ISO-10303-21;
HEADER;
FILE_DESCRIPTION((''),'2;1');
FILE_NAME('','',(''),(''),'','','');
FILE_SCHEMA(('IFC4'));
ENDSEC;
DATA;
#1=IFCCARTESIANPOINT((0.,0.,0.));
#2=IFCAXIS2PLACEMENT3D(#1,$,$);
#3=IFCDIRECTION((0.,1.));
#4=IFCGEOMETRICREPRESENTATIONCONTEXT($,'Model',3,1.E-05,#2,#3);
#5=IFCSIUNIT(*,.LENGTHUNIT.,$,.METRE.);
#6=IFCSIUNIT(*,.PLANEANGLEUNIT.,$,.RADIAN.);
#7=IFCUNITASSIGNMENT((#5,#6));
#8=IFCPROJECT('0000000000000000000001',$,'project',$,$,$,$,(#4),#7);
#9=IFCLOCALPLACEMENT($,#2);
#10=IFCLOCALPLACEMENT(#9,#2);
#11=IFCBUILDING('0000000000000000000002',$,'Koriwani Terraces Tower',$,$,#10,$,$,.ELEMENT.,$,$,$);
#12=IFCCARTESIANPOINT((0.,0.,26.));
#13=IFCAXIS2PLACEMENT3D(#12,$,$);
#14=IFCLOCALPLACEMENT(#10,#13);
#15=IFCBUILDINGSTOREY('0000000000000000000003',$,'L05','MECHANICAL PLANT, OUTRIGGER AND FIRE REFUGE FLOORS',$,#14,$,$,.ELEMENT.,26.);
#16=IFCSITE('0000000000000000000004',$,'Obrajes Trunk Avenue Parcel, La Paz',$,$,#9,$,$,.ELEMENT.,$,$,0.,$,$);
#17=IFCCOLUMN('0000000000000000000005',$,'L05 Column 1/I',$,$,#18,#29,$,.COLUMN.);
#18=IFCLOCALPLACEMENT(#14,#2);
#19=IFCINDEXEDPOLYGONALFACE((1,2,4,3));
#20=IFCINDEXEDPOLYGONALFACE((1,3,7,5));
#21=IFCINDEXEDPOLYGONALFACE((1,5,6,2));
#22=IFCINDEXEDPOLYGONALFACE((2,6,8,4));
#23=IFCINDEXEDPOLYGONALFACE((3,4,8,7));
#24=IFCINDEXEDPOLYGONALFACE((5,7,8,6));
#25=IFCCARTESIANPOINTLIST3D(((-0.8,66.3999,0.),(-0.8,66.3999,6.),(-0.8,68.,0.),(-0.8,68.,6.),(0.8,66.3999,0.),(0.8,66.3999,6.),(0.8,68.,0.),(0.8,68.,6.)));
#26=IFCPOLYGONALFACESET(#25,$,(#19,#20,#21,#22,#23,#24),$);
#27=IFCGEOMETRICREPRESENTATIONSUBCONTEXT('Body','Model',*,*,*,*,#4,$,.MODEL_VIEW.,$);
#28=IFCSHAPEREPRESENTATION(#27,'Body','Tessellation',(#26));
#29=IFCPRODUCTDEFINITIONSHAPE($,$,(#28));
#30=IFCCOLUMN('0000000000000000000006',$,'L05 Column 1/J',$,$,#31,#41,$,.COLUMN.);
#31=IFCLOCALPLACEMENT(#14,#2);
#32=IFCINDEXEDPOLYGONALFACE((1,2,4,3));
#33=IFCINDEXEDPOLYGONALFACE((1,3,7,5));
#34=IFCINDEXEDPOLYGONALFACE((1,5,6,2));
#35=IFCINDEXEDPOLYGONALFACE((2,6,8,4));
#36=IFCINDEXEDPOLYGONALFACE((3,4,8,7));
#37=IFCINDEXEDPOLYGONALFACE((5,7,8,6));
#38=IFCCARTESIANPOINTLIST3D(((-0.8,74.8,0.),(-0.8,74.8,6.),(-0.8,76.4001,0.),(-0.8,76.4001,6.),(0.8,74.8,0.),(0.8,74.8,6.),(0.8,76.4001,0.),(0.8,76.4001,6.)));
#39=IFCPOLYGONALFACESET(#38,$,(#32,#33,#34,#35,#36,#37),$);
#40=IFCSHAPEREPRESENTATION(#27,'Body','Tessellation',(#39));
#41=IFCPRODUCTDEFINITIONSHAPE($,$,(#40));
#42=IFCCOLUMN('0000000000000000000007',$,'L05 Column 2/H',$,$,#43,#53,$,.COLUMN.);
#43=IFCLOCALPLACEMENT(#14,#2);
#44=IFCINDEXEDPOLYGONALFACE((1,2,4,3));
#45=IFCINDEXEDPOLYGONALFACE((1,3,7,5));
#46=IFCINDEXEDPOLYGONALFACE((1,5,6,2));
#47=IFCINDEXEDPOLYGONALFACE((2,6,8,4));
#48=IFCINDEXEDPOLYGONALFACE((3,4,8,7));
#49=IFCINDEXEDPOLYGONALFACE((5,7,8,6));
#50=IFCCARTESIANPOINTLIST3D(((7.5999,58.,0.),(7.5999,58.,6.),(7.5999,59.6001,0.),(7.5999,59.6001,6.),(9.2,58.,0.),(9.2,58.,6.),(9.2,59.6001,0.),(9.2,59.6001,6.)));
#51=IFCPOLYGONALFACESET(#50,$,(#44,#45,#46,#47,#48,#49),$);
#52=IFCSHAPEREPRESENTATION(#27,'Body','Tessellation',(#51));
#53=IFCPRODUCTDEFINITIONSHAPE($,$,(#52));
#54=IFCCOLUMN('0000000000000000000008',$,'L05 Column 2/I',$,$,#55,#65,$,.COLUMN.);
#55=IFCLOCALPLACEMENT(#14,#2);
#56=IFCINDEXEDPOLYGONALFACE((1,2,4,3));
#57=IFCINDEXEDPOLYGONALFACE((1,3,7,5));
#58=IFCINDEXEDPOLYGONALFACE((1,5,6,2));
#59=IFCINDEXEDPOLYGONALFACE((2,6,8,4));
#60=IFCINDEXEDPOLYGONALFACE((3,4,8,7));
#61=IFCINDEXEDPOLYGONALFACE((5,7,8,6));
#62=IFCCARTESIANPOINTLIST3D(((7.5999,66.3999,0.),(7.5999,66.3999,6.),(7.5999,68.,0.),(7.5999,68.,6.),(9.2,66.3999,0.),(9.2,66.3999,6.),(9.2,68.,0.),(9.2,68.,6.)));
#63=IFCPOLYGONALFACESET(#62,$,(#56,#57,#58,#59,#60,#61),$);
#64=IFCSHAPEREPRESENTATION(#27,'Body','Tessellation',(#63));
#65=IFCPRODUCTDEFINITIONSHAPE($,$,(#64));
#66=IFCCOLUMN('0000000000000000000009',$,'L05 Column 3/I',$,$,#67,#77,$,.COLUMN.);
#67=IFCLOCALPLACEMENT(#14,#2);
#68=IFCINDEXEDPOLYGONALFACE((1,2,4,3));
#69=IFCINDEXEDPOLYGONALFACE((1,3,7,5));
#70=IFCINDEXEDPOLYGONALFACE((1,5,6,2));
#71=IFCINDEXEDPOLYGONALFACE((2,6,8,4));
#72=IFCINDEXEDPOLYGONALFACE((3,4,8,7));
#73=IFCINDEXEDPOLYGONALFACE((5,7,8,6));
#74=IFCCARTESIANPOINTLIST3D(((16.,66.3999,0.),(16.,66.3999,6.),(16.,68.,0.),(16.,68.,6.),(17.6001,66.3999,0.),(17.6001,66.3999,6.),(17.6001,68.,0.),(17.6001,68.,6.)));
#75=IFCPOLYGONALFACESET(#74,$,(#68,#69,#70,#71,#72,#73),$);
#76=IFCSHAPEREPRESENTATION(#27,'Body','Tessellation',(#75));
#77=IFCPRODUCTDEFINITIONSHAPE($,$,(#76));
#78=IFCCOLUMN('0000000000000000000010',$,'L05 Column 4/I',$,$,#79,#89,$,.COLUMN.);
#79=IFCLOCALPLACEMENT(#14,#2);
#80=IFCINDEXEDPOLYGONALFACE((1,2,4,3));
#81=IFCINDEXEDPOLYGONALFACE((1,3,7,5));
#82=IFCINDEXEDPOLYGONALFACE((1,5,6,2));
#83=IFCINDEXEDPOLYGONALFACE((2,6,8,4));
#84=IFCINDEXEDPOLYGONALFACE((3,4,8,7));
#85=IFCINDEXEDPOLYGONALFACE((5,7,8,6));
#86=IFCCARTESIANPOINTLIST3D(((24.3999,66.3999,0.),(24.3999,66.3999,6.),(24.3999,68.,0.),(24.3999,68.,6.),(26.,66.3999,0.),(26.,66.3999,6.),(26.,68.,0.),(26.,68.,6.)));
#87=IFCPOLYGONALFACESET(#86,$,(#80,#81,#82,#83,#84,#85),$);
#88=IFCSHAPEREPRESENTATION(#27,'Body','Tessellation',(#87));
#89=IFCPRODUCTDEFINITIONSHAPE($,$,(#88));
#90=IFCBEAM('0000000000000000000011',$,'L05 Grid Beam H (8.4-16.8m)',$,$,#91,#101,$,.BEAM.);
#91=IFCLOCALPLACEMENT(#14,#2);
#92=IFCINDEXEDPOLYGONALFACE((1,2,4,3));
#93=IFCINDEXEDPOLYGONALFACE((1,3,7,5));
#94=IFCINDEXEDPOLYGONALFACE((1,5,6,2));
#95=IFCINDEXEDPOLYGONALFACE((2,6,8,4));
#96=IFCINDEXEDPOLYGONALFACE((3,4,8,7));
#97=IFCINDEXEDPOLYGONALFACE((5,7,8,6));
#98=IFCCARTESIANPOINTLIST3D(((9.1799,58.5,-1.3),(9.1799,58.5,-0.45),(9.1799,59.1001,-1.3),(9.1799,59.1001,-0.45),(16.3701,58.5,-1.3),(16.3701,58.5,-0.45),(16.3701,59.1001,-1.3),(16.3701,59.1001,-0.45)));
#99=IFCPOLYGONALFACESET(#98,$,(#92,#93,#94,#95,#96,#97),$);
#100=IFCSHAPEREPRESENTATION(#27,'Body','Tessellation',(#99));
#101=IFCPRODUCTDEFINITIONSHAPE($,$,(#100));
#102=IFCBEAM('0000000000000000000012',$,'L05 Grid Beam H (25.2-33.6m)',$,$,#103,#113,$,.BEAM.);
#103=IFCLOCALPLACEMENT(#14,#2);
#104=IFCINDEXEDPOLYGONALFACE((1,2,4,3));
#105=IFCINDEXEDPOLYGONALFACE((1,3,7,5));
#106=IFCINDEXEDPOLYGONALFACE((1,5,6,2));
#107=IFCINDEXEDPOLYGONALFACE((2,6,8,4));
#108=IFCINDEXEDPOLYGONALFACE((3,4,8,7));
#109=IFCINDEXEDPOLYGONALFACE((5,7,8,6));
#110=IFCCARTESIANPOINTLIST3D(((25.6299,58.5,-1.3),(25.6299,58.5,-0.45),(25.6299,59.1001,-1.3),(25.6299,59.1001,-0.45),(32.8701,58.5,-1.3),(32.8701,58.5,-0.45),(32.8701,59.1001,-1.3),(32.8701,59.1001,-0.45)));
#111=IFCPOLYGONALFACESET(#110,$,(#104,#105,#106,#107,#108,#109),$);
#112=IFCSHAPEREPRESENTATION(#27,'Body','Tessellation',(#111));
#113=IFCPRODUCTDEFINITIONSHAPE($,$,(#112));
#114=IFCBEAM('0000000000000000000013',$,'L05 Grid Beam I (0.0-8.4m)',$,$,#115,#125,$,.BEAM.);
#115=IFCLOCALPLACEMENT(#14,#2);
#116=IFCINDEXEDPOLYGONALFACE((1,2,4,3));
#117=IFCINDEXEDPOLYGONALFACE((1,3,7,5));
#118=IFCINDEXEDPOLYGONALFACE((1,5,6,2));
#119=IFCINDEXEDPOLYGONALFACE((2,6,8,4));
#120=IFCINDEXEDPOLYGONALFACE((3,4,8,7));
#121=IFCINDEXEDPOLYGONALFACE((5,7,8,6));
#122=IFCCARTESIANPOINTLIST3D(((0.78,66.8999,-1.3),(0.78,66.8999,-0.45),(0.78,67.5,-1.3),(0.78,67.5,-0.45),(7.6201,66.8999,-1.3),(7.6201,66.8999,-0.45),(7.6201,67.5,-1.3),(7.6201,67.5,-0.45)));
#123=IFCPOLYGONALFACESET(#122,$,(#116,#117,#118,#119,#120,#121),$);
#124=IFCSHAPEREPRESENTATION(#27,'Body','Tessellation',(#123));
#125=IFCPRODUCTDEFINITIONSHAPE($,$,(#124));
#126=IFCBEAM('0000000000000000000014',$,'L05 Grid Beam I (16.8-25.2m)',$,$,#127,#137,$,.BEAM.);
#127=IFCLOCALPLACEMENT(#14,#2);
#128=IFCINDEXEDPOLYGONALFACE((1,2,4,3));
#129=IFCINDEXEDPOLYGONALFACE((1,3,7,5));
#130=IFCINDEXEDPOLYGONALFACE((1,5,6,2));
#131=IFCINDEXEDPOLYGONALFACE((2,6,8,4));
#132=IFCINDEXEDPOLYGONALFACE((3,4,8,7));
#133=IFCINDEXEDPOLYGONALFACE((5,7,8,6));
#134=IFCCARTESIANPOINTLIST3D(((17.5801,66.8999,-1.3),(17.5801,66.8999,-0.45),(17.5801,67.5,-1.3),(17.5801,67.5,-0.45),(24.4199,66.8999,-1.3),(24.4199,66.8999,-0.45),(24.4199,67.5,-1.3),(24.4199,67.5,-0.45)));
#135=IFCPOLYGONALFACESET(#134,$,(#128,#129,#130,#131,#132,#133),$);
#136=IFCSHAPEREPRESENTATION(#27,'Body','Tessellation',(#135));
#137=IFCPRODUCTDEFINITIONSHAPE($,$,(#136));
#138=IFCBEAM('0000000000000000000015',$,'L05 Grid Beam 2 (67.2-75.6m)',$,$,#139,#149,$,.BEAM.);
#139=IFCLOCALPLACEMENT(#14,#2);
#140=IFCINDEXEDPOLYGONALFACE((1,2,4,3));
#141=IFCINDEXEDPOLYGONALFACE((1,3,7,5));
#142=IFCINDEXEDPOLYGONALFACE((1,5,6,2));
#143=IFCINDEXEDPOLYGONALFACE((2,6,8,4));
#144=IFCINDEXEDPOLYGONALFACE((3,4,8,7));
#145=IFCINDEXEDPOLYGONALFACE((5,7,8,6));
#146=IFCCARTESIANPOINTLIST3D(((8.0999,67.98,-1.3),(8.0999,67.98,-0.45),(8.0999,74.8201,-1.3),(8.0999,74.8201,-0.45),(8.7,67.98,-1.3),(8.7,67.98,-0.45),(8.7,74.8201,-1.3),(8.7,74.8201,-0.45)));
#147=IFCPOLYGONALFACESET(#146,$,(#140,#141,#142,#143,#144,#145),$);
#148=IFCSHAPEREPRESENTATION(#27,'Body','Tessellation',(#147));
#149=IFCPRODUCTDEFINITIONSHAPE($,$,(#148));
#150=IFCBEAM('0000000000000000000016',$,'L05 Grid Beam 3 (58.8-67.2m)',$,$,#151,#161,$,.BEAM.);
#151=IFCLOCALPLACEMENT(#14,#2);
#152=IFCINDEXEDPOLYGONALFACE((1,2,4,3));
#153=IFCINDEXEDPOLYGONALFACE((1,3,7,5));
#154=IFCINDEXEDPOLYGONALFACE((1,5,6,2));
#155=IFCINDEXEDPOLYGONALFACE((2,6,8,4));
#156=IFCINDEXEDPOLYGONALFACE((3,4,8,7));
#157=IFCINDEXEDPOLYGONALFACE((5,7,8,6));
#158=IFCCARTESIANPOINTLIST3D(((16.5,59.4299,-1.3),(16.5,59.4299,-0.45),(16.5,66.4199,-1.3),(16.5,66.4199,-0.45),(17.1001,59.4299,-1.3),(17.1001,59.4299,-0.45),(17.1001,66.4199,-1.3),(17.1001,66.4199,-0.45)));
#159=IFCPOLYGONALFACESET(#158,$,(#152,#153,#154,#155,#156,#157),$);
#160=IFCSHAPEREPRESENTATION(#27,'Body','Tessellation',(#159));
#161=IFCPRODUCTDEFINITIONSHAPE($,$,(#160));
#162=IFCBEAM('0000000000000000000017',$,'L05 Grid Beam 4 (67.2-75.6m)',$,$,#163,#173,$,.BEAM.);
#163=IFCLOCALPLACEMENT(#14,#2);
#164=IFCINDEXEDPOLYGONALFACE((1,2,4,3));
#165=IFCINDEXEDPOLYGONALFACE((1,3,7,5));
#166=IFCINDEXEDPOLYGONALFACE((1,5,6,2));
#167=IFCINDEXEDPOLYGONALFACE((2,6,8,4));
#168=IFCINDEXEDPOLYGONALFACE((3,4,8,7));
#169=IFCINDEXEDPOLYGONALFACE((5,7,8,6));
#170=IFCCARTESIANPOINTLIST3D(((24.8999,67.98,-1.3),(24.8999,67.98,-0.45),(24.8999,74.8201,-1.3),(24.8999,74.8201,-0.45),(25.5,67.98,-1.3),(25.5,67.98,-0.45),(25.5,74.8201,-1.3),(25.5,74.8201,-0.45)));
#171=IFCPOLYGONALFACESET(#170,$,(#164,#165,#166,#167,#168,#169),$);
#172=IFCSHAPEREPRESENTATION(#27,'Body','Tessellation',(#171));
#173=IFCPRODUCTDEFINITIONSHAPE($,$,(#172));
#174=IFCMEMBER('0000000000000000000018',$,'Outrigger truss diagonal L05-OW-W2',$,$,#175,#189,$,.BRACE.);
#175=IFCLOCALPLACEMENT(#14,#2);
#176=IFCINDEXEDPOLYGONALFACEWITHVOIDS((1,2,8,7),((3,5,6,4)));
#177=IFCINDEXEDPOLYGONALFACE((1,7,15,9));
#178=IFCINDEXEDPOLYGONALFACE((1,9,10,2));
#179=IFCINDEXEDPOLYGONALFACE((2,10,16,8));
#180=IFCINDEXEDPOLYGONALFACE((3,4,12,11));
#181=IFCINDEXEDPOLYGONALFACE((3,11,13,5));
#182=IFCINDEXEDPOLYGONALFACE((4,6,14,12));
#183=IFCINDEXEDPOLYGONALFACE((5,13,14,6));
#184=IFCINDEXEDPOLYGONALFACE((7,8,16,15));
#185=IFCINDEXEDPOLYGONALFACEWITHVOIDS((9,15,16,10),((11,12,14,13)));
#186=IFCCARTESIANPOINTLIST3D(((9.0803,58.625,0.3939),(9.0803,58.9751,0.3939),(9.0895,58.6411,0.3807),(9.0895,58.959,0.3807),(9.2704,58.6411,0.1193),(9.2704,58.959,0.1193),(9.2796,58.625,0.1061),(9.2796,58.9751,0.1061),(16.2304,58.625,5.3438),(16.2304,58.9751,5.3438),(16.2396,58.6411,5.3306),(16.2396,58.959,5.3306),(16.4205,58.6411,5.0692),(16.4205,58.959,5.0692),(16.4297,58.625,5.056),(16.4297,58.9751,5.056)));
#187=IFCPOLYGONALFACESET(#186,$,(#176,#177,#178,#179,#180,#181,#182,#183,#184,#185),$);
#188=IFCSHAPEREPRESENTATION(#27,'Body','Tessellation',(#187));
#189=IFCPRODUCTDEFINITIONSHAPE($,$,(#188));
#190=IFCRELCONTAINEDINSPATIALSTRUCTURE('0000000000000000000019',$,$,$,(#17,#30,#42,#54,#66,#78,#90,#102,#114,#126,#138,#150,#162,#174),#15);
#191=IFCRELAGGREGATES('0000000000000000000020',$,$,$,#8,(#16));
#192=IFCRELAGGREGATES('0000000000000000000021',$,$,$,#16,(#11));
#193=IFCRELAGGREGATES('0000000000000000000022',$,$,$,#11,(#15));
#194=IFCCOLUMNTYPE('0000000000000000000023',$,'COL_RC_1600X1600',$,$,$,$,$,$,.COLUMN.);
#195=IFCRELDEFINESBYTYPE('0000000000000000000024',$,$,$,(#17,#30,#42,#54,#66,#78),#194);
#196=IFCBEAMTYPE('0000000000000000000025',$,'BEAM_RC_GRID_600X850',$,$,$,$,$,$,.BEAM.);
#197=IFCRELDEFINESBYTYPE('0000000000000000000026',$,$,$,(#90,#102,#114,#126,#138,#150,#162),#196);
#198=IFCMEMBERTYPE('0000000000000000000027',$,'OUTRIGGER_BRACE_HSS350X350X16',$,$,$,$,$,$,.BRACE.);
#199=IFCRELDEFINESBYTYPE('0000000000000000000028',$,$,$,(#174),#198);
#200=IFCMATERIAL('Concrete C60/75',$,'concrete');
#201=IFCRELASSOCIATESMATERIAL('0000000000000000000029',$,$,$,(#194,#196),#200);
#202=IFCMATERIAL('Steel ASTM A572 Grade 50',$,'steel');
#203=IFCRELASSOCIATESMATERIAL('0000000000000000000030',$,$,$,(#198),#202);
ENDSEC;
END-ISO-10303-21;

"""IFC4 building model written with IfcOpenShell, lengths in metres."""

from ifc_helpers import new_model, si_unit, direction, frame, origin, origin_2d, place, context, subcontext, project, spatial, rectangle, hollow_rectangle, extrude, material, material_profile, profile_set, type_object, element, save


model = new_model("IFC4")

# Units and contexts
model_context = context("Model", 3, precision=1e-05, world=origin(), true_north=direction((0.0, 1.0)))
body_context = subcontext(model_context, "Body", "Model", "MODEL_VIEW")
ifc_project = project(units=[si_unit("LENGTHUNIT", "METRE"), si_unit("PLANEANGLEUNIT", "RADIAN")], contexts=[model_context])

# Site, building, storey
site_placement = place(None, origin())
site = spatial("IfcSite", under=ifc_project, at=site_placement, Name="Obrajes Trunk Avenue Parcel, La Paz", CompositionType="ELEMENT", RefElevation=0.0)
building_placement = place(site_placement, origin())
building = spatial("IfcBuilding", under=site, at=building_placement, Name="Koriwani Terraces Tower", CompositionType="ELEMENT")
storey_placement = place(building_placement, frame((0.0, 0.0, 26.0)))
storey = spatial("IfcBuildingStorey", under=building, at=storey_placement, Name="L05", Description="MECHANICAL PLANT, OUTRIGGER AND FIRE REFUGE FLOORS", CompositionType="ELEMENT", Elevation=26.0)

# Columns
ifc_material_1 = material(Name="Concrete C60/75", Category="concrete")
ifc_material_profile_1 = material_profile(ifc_material_1, rectangle(XDim=1.6001, YDim=1.6001, at=origin_2d()), Name="Concrete C60/75", Category="LoadBearing")
ifc_profile_set_1 = profile_set([ifc_material_profile_1], Name="Concrete C60/75")
column_type = type_object("IfcColumnType", Name="COL_RC_1600X1600", PredefinedType="COLUMN", material=ifc_profile_set_1)
for number, where, z_axis, x_axis, name in (
    (1, (0.0, 67.2, 0.0), (0.0, 0.0, 1.0), (1.0, 0.0, 0.0), "L05 Column 1/I"),
    (2, (0.0, 75.6001, 0.0), (0.0, 0.0, 1.0), (1.0, 0.0, 0.0), "L05 Column 1/J"),
    (3, (8.3999, 58.8, 0.0), (0.0, 0.0, 1.0), (1.0, 0.0, 0.0), "L05 Column 2/H"),
    (4, (8.3999, 67.2, 0.0), (0.0, 0.0, 1.0), (1.0, 0.0, 0.0), "L05 Column 2/I"),
    (5, (16.8, 67.2, 0.0), (0.0, 0.0, 1.0), (1.0, 0.0, 0.0), "L05 Column 3/I"),
    (6, (25.2, 67.2, 0.0), (0.0, 0.0, 1.0), (1.0, 0.0, 0.0), "L05 Column 4/I"),
):
    element("IfcColumn", number, at=place(storey_placement, frame(where, z_axis=z_axis, x_axis=x_axis)), inside=storey, type_object=column_type, Name=name, PredefinedType="COLUMN", context=body_context, shape_type="SweptSolid", body=[
        extrude(rectangle(XDim=1.6001, YDim=1.6001, at=origin_2d()), origin(), (0.0, 0.0, 1.0), 6.0),
    ])

# Beams
ifc_material_profile_2 = material_profile(ifc_material_1, rectangle(XDim=0.6001, YDim=0.8501, at=origin_2d()), Name="Concrete C60/75", Category="LoadBearing")
ifc_profile_set_2 = profile_set([ifc_material_profile_2], Name="Concrete C60/75")
beam_type_1 = type_object("IfcBeamType", Name="BEAM_RC_GRID_600X850", PredefinedType="BEAM", material=ifc_profile_set_2)
beam_1_placement = place(storey_placement, frame((9.1799, 58.8, -0.875), z_axis=(1.0, 0.0, 0.0), x_axis=(0.0, 1.0, 0.0)))
element("IfcBeam", 7, at=beam_1_placement, inside=storey, type_object=beam_type_1, Name="L05 Grid Beam H (8.4-16.8m)", PredefinedType="BEAM", context=body_context, shape_type="SweptSolid", body=[
    extrude(rectangle(XDim=0.6001, YDim=0.8501, at=origin_2d()), origin(), (0.0, 0.0, 1.0), 7.1902),
])
beam_2_placement = place(storey_placement, frame((25.6299, 58.8, -0.875), z_axis=(1.0, 0.0, 0.0), x_axis=(0.0, 1.0, 0.0)))
element("IfcBeam", 8, at=beam_2_placement, inside=storey, type_object=beam_type_1, Name="L05 Grid Beam H (25.2-33.6m)", PredefinedType="BEAM", context=body_context, shape_type="SweptSolid", body=[
    extrude(rectangle(XDim=0.6001, YDim=0.8501, at=origin_2d()), origin(), (0.0, 0.0, 1.0), 7.2402),
])
beam_3_placement = place(storey_placement, frame((0.78, 67.2, -0.875), z_axis=(1.0, 0.0, 0.0), x_axis=(0.0, 1.0, 0.0)))
element("IfcBeam", 9, at=beam_3_placement, inside=storey, type_object=beam_type_1, Name="L05 Grid Beam I (0.0-8.4m)", PredefinedType="BEAM", context=body_context, shape_type="SweptSolid", body=[
    extrude(rectangle(XDim=0.6001, YDim=0.8501, at=origin_2d()), origin(), (0.0, 0.0, 1.0), 6.8401),
])
beam_4_placement = place(storey_placement, frame((17.5801, 67.2, -0.875), z_axis=(1.0, 0.0, 0.0), x_axis=(0.0, 1.0, 0.0)))
element("IfcBeam", 10, at=beam_4_placement, inside=storey, type_object=beam_type_1, Name="L05 Grid Beam I (16.8-25.2m)", PredefinedType="BEAM", context=body_context, shape_type="SweptSolid", body=[
    extrude(rectangle(XDim=0.6001, YDim=0.8501, at=origin_2d()), origin(), (0.0, 0.0, 1.0), 6.8398),
])
beam_5_placement = place(storey_placement, frame((8.3999, 67.98, -0.875), z_axis=(0.0, 1.0, 0.0), x_axis=(-1.0, 0.0, 0.0)))
element("IfcBeam", 11, at=beam_5_placement, inside=storey, type_object=beam_type_1, Name="L05 Grid Beam 2 (67.2-75.6m)", PredefinedType="BEAM", context=body_context, shape_type="SweptSolid", body=[
    extrude(rectangle(XDim=0.6001, YDim=0.8501, at=origin_2d()), origin(), (0.0, 0.0, 1.0), 6.8401),
])
beam_6_placement = place(storey_placement, frame((16.8, 59.4299, -0.875), z_axis=(0.0, 1.0, 0.0), x_axis=(-1.0, 0.0, 0.0)))
element("IfcBeam", 12, at=beam_6_placement, inside=storey, type_object=beam_type_1, Name="L05 Grid Beam 3 (58.8-67.2m)", PredefinedType="BEAM", context=body_context, shape_type="SweptSolid", body=[
    extrude(rectangle(XDim=0.6001, YDim=0.8501, at=origin_2d()), origin(), (0.0, 0.0, 1.0), 6.99),
])
beam_7_placement = place(storey_placement, frame((25.2, 67.98, -0.875), z_axis=(0.0, 1.0, 0.0), x_axis=(-1.0, 0.0, 0.0)))
element("IfcBeam", 13, at=beam_7_placement, inside=storey, type_object=beam_type_1, Name="L05 Grid Beam 4 (67.2-75.6m)", PredefinedType="BEAM", context=body_context, shape_type="SweptSolid", body=[
    extrude(rectangle(XDim=0.6001, YDim=0.8501, at=origin_2d()), origin(), (0.0, 0.0, 1.0), 6.8401),
])

# Member
ifc_material_2 = material(Name="Steel ASTM A572 Grade 50", Category="steel")
ifc_material_profile_3 = material_profile(ifc_material_2, hollow_rectangle(XDim=0.3501, YDim=0.3501, WallThickness=0.0161, at=origin_2d()), Name="Steel ASTM A572 Grade 50", Category="LoadBearing")
ifc_profile_set_3 = profile_set([ifc_material_profile_3], Name="Steel ASTM A572 Grade 50")
member_type = type_object("IfcMemberType", Name="OUTRIGGER_BRACE_HSS350X350X16", PredefinedType="BRACE", material=ifc_profile_set_3)
member_placement = place(storey_placement, frame((9.1799, 58.8, 0.25), z_axis=(0.8222, 0.0, 0.569198), x_axis=(0.0, 1.0, 0.0)))
element("IfcMember", 14, at=member_placement, inside=storey, type_object=member_type, Name="Outrigger truss diagonal L05-OW-W2", PredefinedType="BRACE", context=body_context, shape_type="SweptSolid", body=[
    extrude(hollow_rectangle(XDim=0.3501, YDim=0.3501, WallThickness=0.0161, at=origin_2d()), origin(), (0.0, 0.0, 1.0), 8.6963),
])

save(model, "model.ifc")
